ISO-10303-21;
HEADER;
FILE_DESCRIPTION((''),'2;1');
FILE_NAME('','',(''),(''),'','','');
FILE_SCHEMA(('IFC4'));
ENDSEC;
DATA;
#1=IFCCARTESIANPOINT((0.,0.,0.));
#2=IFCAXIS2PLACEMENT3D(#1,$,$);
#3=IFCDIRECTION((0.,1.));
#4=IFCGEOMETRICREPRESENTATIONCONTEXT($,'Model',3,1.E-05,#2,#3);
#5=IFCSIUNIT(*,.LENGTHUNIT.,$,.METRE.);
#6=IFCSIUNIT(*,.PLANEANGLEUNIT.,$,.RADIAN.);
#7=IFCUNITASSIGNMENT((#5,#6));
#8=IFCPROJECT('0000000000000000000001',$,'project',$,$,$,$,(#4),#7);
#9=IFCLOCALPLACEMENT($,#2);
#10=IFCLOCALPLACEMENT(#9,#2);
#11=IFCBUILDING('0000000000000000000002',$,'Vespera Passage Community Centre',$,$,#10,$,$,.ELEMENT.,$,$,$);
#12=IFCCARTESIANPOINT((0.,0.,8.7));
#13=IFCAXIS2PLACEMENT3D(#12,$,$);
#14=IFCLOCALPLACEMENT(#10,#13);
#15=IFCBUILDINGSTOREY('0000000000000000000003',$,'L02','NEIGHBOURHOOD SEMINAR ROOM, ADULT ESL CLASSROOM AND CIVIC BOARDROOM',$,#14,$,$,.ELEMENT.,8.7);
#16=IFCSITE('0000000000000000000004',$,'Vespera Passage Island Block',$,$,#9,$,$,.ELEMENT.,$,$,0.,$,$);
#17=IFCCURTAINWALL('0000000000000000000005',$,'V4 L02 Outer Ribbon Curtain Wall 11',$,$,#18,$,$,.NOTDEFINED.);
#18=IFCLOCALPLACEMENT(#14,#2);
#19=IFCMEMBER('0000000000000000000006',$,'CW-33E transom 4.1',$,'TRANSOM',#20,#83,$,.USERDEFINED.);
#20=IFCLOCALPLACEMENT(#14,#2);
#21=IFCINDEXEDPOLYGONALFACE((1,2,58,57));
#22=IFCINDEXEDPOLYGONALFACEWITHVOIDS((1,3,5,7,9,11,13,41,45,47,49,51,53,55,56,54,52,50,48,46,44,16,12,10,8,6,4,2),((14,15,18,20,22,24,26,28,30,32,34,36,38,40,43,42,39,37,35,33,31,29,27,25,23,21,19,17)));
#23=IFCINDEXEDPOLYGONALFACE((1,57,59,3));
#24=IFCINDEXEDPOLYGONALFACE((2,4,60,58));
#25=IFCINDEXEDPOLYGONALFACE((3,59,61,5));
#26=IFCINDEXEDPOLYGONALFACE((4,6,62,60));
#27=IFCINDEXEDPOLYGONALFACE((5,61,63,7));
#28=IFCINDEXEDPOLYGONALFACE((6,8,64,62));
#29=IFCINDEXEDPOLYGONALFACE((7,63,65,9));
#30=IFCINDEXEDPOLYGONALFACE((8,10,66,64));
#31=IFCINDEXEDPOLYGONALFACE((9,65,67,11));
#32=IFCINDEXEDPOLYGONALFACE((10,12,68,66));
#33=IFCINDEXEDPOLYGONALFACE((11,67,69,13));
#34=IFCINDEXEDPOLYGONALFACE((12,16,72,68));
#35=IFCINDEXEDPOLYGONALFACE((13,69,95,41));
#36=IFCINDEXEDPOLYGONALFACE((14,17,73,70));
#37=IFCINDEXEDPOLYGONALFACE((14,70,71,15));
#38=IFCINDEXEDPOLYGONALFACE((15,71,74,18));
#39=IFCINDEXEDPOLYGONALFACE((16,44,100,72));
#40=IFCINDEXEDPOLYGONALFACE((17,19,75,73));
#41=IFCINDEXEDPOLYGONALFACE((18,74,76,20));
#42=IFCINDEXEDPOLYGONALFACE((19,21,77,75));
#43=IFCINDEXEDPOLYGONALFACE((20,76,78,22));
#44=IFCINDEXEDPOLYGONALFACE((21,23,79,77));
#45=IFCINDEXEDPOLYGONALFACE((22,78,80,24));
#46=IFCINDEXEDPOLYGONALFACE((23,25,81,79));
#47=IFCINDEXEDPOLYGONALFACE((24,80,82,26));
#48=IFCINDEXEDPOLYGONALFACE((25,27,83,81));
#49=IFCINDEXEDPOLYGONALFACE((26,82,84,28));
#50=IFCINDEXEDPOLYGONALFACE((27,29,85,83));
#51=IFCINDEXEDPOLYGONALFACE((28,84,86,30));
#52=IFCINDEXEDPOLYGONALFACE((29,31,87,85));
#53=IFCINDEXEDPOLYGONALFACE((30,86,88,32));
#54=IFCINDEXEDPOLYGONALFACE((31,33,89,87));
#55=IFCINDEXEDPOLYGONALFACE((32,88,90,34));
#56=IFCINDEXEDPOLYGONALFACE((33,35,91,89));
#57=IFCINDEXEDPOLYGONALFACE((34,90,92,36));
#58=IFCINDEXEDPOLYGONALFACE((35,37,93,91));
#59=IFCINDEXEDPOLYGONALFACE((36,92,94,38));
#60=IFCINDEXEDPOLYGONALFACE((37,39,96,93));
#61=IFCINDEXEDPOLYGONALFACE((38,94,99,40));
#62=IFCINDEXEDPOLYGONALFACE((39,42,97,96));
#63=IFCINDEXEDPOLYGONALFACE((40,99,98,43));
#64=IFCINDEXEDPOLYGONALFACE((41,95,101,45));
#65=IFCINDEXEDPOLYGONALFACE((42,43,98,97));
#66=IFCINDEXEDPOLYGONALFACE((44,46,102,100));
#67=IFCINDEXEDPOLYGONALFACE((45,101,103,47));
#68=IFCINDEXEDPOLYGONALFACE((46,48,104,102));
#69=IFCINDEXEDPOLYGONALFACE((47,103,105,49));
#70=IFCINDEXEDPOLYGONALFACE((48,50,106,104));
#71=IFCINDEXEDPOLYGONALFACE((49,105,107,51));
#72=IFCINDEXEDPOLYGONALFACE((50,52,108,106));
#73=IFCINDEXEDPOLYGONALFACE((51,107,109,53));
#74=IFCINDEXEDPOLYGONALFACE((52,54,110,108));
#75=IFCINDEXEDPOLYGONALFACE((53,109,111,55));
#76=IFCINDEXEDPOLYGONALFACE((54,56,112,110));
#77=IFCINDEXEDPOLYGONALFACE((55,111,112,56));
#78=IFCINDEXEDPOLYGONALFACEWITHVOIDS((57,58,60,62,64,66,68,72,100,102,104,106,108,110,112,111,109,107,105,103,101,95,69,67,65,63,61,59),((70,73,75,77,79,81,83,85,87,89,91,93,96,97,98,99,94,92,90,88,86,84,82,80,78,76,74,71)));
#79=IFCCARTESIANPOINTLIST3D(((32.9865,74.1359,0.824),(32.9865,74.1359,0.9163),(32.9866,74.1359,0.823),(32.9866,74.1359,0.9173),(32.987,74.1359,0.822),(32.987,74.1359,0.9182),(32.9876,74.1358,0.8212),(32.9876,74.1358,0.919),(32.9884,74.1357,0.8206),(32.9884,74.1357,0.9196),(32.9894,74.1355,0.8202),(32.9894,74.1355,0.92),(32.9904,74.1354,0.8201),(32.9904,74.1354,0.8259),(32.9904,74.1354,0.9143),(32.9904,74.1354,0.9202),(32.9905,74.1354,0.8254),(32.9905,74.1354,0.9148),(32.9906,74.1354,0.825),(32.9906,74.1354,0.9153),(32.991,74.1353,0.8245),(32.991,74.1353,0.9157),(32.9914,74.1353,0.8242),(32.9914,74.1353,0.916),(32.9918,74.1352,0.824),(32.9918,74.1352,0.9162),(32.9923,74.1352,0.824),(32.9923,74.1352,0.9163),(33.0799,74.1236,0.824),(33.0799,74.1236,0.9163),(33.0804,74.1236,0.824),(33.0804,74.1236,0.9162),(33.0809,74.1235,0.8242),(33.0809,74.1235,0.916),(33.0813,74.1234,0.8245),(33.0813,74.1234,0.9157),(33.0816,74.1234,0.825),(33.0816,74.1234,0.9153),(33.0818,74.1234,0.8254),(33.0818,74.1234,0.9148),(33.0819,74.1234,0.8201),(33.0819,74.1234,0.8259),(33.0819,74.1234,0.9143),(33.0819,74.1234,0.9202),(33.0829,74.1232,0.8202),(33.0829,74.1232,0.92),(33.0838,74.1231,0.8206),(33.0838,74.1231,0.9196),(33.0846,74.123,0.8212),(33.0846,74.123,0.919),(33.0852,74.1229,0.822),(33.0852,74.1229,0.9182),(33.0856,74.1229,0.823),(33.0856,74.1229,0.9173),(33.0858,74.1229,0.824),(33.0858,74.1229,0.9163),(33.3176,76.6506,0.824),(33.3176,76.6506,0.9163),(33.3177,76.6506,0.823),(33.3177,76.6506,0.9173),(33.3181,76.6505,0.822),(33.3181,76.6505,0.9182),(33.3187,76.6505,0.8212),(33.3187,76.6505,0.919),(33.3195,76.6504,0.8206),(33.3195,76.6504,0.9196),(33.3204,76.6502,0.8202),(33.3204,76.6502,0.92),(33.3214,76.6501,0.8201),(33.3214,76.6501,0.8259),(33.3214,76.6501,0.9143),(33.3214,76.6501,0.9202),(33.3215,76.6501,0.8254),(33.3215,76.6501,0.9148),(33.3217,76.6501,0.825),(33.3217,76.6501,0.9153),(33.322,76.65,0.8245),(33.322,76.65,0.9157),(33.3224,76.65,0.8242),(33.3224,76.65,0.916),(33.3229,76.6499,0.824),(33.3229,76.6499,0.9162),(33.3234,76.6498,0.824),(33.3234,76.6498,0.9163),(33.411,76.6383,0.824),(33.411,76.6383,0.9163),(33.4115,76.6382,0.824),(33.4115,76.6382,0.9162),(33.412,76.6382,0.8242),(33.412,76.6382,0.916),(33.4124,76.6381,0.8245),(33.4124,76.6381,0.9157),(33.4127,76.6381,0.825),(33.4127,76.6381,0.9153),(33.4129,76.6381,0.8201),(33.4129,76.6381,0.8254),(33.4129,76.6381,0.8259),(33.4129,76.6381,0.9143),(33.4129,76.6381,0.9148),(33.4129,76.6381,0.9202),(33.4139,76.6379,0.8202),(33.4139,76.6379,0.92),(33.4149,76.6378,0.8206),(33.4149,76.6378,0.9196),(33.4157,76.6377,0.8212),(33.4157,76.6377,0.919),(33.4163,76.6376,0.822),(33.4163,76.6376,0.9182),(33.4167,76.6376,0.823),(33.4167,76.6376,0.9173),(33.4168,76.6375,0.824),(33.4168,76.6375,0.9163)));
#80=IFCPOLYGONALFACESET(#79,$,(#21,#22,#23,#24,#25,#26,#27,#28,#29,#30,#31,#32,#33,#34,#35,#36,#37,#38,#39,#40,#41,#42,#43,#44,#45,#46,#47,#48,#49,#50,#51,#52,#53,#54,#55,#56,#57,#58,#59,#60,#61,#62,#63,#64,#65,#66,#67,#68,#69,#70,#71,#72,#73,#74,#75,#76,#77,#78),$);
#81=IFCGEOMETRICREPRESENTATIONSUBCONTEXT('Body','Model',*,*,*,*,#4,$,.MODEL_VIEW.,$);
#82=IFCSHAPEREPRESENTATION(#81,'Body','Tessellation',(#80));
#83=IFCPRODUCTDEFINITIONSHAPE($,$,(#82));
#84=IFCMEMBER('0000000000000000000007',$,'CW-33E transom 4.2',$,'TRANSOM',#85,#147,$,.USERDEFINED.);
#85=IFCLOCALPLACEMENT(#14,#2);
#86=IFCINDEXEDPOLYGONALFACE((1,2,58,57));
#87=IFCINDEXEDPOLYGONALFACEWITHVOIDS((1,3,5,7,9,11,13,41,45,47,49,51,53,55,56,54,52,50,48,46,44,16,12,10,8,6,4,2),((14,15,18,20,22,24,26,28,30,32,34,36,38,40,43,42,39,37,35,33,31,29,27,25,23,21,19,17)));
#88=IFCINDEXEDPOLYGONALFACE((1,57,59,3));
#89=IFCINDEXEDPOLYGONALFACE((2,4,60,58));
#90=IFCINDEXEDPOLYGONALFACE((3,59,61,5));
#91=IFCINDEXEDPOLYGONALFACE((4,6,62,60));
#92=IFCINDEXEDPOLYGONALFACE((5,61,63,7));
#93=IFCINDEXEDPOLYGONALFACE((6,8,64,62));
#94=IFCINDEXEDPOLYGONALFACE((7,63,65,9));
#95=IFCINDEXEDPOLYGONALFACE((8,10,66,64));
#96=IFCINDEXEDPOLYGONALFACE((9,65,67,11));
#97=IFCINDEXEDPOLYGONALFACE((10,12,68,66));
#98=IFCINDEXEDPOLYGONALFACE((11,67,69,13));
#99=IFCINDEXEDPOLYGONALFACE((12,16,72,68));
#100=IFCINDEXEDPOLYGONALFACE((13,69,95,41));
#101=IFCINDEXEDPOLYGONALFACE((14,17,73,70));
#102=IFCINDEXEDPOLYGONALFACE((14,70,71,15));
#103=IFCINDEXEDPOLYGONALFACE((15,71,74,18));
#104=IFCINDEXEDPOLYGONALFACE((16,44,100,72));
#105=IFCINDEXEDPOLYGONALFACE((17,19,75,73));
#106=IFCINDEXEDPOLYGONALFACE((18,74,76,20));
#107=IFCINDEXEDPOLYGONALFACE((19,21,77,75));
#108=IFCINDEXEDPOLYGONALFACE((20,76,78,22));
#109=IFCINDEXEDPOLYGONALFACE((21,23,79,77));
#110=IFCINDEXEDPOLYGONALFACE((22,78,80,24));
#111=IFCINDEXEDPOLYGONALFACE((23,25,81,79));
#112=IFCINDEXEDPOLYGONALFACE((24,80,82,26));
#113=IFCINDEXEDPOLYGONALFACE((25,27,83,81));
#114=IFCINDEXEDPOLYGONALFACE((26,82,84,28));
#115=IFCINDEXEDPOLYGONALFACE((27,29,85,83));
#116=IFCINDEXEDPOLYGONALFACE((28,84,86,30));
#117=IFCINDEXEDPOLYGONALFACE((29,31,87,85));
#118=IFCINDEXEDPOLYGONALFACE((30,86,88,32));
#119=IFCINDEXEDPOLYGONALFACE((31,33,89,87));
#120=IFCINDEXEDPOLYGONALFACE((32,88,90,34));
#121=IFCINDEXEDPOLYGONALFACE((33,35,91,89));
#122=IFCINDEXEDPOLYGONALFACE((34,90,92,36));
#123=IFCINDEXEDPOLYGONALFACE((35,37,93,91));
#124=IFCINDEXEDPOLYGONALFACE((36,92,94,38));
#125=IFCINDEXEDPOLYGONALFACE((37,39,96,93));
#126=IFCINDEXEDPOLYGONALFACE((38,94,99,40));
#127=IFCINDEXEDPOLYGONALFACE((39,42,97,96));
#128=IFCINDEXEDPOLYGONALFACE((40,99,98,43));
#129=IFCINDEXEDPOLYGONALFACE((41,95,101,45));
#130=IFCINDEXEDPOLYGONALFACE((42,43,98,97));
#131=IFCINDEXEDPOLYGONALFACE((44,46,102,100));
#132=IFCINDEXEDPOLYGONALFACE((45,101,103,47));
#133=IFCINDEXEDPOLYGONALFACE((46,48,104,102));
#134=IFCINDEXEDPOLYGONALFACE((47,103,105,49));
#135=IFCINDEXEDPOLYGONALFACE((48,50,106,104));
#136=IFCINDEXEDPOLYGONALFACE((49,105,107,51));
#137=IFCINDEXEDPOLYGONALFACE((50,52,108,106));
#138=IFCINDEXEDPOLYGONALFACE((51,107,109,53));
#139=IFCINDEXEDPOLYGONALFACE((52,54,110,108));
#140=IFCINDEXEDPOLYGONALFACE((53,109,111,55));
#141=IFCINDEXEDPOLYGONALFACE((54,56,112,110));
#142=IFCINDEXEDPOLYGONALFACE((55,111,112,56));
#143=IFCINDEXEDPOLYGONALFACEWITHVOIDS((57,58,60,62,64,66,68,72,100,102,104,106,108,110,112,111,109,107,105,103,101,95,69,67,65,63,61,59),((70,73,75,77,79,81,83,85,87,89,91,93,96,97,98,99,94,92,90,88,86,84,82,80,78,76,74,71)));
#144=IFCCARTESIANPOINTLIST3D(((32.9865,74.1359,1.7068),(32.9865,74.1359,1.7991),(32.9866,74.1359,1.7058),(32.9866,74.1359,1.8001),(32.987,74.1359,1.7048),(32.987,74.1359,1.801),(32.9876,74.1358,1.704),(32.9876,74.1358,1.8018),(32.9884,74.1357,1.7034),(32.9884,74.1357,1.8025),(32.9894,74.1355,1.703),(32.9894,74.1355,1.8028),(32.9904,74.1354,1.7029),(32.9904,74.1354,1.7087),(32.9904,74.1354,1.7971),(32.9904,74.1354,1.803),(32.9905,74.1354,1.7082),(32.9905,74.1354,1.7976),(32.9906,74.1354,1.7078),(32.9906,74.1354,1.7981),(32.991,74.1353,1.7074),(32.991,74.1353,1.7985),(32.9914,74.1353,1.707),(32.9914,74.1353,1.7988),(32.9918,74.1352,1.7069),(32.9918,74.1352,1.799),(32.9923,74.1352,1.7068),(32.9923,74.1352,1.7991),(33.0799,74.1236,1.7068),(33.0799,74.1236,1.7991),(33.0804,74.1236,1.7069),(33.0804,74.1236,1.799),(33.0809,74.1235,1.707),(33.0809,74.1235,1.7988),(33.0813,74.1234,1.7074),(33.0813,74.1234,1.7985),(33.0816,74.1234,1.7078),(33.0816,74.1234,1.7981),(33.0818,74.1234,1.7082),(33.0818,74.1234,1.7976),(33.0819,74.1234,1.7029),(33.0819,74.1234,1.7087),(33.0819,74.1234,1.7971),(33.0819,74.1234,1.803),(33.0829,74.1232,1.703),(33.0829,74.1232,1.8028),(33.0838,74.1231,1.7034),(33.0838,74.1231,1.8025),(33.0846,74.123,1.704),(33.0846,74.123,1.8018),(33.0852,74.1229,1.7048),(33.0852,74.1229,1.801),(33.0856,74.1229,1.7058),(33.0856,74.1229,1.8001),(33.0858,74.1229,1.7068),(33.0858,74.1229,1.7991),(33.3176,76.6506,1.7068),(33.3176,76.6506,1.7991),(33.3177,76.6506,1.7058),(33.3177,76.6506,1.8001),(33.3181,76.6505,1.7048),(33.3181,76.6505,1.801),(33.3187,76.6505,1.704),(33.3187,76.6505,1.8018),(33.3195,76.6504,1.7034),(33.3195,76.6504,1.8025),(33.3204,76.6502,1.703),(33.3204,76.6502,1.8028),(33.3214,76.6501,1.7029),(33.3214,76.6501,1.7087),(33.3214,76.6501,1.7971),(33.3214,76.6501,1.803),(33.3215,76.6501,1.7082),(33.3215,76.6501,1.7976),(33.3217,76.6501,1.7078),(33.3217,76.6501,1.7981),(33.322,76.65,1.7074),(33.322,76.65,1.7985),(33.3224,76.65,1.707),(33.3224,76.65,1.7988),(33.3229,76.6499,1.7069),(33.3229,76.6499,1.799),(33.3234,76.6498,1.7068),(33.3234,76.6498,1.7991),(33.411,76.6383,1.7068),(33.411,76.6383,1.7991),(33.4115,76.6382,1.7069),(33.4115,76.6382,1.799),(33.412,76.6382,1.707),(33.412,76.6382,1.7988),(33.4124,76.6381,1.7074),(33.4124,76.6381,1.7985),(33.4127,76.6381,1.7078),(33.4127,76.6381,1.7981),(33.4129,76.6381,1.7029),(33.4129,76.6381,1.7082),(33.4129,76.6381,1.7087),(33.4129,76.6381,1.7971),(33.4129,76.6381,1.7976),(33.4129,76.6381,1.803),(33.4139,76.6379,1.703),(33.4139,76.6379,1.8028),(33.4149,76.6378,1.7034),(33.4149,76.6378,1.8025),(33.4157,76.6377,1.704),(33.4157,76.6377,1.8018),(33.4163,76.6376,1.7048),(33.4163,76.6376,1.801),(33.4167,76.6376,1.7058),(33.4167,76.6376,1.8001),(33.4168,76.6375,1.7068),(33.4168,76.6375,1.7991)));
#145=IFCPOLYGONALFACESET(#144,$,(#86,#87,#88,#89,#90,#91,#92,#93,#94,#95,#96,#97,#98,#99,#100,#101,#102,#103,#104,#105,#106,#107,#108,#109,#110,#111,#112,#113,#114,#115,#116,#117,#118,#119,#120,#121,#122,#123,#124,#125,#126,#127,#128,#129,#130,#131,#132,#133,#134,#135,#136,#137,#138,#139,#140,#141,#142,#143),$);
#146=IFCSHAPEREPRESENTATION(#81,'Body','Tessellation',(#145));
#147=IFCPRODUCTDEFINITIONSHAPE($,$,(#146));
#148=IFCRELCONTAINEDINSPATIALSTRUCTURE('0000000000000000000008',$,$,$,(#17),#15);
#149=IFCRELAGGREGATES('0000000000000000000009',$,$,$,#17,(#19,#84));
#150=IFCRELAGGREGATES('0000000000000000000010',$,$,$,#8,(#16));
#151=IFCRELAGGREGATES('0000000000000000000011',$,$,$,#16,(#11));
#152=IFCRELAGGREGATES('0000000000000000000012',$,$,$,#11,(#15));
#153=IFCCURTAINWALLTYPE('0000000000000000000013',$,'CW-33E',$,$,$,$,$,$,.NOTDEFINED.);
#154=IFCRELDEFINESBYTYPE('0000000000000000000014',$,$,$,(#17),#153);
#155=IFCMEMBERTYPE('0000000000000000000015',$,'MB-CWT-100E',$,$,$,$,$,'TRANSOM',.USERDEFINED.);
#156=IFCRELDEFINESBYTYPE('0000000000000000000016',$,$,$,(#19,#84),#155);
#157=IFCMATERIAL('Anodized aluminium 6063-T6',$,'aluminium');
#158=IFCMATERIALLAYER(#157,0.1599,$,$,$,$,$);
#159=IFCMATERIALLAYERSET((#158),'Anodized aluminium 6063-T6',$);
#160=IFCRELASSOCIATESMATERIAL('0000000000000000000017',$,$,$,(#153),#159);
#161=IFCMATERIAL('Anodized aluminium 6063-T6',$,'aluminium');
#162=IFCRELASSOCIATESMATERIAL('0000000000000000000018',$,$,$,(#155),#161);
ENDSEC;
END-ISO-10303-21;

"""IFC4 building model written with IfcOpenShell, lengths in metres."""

from ifc_helpers import new_model, si_unit, direction, frame, origin, origin_2d, place, context, subcontext, project, spatial, hollow_rectangle, extrude, material, layer, layer_set, material_profile, profile_set, type_object, element, aggregate, save


model = new_model("IFC4")

# Units and contexts
model_context = context("Model", 3, precision=1e-05, world=origin(), true_north=direction((0.0, 1.0)))
body_context = subcontext(model_context, "Body", "Model", "MODEL_VIEW")
ifc_project = project(units=[si_unit("LENGTHUNIT", "METRE"), si_unit("PLANEANGLEUNIT", "RADIAN")], contexts=[model_context])

# Site, building, storey
site_placement = place(None, origin())
site = spatial("IfcSite", under=ifc_project, at=site_placement, Name="Vespera Passage Island Block", CompositionType="ELEMENT", RefElevation=0.0)
building_placement = place(site_placement, origin())
building = spatial("IfcBuilding", under=site, at=building_placement, Name="Vespera Passage Community Centre", CompositionType="ELEMENT")
storey_placement = place(building_placement, frame((0.0, 0.0, 8.7)))
storey = spatial("IfcBuildingStorey", under=building, at=storey_placement, Name="L02", Description="NEIGHBOURHOOD SEMINAR ROOM, ADULT ESL CLASSROOM AND CIVIC BOARDROOM", CompositionType="ELEMENT", Elevation=8.7)

# Curtain wall, members
ifc_material_1 = material(Name="Anodized aluminium 6063-T6", Category="aluminium")
ifc_layer_1 = layer(ifc_material_1, 0.1599)
ifc_layer_set_1 = layer_set([ifc_layer_1], Name="Anodized aluminium 6063-T6")
curtain_wall_type_1 = type_object("IfcCurtainWallType", Name="CW-33E", PredefinedType="NOTDEFINED", material=ifc_layer_set_1)
curtain_wall_1_placement = place(storey_placement, origin())
curtain_wall_1 = element("IfcCurtainWall", 1, at=curtain_wall_1_placement, inside=storey, type_object=curtain_wall_type_1, Name="V4 L02 Outer Ribbon Curtain Wall 11", PredefinedType="NOTDEFINED")
ifc_material_2 = material(Name="Anodized aluminium 6063-T6", Category="aluminium")
ifc_material_profile_1 = material_profile(ifc_material_2, hollow_rectangle(XDim=0.1001, YDim=0.1001, WallThickness=0.0039, InnerFilletRadius=0.002, OuterFilletRadius=0.0039, at=origin_2d()), Name="ALU100X100X4")
ifc_profile_set_1 = profile_set([ifc_material_profile_1], Name="Anodized aluminium 6063-T6")
member_type_1 = type_object("IfcMemberType", Name="MB-CWT-100E", ElementType="TRANSOM", PredefinedType="USERDEFINED", material=ifc_profile_set_1)
member_1_placement = place(storey_placement, frame((33.0361, 74.1294, 0.8701), z_axis=(0.130524, 0.991445, 0.0), x_axis=(-0.991445, 0.130524, 0.0)))
member_1 = element("IfcMember", 2, at=member_1_placement, type_object=member_type_1, Name="CW-33E transom 4.1", ObjectType="TRANSOM", PredefinedType="USERDEFINED", context=body_context, shape_type="SweptSolid", body=[
    extrude(hollow_rectangle(XDim=0.1001, YDim=0.1001, WallThickness=0.0039, InnerFilletRadius=0.002, OuterFilletRadius=0.0039, at=origin_2d()), origin(), (0.0, 0.0, 1.0), 2.5364),
])
member_2_placement = place(storey_placement, frame((33.0361, 74.1294, 1.7529), z_axis=(0.130524, 0.991445, 0.0), x_axis=(-0.991445, 0.130524, 0.0)))
member_2 = element("IfcMember", 3, at=member_2_placement, type_object=member_type_1, Name="CW-33E transom 4.2", ObjectType="TRANSOM", PredefinedType="USERDEFINED", context=body_context, shape_type="SweptSolid", body=[
    extrude(hollow_rectangle(XDim=0.1001, YDim=0.1001, WallThickness=0.0039, InnerFilletRadius=0.002, OuterFilletRadius=0.0039, at=origin_2d()), origin(), (0.0, 0.0, 1.0), 2.5364),
])

aggregate(curtain_wall_1, [member_1, member_2])

save(model, "model.ifc")
